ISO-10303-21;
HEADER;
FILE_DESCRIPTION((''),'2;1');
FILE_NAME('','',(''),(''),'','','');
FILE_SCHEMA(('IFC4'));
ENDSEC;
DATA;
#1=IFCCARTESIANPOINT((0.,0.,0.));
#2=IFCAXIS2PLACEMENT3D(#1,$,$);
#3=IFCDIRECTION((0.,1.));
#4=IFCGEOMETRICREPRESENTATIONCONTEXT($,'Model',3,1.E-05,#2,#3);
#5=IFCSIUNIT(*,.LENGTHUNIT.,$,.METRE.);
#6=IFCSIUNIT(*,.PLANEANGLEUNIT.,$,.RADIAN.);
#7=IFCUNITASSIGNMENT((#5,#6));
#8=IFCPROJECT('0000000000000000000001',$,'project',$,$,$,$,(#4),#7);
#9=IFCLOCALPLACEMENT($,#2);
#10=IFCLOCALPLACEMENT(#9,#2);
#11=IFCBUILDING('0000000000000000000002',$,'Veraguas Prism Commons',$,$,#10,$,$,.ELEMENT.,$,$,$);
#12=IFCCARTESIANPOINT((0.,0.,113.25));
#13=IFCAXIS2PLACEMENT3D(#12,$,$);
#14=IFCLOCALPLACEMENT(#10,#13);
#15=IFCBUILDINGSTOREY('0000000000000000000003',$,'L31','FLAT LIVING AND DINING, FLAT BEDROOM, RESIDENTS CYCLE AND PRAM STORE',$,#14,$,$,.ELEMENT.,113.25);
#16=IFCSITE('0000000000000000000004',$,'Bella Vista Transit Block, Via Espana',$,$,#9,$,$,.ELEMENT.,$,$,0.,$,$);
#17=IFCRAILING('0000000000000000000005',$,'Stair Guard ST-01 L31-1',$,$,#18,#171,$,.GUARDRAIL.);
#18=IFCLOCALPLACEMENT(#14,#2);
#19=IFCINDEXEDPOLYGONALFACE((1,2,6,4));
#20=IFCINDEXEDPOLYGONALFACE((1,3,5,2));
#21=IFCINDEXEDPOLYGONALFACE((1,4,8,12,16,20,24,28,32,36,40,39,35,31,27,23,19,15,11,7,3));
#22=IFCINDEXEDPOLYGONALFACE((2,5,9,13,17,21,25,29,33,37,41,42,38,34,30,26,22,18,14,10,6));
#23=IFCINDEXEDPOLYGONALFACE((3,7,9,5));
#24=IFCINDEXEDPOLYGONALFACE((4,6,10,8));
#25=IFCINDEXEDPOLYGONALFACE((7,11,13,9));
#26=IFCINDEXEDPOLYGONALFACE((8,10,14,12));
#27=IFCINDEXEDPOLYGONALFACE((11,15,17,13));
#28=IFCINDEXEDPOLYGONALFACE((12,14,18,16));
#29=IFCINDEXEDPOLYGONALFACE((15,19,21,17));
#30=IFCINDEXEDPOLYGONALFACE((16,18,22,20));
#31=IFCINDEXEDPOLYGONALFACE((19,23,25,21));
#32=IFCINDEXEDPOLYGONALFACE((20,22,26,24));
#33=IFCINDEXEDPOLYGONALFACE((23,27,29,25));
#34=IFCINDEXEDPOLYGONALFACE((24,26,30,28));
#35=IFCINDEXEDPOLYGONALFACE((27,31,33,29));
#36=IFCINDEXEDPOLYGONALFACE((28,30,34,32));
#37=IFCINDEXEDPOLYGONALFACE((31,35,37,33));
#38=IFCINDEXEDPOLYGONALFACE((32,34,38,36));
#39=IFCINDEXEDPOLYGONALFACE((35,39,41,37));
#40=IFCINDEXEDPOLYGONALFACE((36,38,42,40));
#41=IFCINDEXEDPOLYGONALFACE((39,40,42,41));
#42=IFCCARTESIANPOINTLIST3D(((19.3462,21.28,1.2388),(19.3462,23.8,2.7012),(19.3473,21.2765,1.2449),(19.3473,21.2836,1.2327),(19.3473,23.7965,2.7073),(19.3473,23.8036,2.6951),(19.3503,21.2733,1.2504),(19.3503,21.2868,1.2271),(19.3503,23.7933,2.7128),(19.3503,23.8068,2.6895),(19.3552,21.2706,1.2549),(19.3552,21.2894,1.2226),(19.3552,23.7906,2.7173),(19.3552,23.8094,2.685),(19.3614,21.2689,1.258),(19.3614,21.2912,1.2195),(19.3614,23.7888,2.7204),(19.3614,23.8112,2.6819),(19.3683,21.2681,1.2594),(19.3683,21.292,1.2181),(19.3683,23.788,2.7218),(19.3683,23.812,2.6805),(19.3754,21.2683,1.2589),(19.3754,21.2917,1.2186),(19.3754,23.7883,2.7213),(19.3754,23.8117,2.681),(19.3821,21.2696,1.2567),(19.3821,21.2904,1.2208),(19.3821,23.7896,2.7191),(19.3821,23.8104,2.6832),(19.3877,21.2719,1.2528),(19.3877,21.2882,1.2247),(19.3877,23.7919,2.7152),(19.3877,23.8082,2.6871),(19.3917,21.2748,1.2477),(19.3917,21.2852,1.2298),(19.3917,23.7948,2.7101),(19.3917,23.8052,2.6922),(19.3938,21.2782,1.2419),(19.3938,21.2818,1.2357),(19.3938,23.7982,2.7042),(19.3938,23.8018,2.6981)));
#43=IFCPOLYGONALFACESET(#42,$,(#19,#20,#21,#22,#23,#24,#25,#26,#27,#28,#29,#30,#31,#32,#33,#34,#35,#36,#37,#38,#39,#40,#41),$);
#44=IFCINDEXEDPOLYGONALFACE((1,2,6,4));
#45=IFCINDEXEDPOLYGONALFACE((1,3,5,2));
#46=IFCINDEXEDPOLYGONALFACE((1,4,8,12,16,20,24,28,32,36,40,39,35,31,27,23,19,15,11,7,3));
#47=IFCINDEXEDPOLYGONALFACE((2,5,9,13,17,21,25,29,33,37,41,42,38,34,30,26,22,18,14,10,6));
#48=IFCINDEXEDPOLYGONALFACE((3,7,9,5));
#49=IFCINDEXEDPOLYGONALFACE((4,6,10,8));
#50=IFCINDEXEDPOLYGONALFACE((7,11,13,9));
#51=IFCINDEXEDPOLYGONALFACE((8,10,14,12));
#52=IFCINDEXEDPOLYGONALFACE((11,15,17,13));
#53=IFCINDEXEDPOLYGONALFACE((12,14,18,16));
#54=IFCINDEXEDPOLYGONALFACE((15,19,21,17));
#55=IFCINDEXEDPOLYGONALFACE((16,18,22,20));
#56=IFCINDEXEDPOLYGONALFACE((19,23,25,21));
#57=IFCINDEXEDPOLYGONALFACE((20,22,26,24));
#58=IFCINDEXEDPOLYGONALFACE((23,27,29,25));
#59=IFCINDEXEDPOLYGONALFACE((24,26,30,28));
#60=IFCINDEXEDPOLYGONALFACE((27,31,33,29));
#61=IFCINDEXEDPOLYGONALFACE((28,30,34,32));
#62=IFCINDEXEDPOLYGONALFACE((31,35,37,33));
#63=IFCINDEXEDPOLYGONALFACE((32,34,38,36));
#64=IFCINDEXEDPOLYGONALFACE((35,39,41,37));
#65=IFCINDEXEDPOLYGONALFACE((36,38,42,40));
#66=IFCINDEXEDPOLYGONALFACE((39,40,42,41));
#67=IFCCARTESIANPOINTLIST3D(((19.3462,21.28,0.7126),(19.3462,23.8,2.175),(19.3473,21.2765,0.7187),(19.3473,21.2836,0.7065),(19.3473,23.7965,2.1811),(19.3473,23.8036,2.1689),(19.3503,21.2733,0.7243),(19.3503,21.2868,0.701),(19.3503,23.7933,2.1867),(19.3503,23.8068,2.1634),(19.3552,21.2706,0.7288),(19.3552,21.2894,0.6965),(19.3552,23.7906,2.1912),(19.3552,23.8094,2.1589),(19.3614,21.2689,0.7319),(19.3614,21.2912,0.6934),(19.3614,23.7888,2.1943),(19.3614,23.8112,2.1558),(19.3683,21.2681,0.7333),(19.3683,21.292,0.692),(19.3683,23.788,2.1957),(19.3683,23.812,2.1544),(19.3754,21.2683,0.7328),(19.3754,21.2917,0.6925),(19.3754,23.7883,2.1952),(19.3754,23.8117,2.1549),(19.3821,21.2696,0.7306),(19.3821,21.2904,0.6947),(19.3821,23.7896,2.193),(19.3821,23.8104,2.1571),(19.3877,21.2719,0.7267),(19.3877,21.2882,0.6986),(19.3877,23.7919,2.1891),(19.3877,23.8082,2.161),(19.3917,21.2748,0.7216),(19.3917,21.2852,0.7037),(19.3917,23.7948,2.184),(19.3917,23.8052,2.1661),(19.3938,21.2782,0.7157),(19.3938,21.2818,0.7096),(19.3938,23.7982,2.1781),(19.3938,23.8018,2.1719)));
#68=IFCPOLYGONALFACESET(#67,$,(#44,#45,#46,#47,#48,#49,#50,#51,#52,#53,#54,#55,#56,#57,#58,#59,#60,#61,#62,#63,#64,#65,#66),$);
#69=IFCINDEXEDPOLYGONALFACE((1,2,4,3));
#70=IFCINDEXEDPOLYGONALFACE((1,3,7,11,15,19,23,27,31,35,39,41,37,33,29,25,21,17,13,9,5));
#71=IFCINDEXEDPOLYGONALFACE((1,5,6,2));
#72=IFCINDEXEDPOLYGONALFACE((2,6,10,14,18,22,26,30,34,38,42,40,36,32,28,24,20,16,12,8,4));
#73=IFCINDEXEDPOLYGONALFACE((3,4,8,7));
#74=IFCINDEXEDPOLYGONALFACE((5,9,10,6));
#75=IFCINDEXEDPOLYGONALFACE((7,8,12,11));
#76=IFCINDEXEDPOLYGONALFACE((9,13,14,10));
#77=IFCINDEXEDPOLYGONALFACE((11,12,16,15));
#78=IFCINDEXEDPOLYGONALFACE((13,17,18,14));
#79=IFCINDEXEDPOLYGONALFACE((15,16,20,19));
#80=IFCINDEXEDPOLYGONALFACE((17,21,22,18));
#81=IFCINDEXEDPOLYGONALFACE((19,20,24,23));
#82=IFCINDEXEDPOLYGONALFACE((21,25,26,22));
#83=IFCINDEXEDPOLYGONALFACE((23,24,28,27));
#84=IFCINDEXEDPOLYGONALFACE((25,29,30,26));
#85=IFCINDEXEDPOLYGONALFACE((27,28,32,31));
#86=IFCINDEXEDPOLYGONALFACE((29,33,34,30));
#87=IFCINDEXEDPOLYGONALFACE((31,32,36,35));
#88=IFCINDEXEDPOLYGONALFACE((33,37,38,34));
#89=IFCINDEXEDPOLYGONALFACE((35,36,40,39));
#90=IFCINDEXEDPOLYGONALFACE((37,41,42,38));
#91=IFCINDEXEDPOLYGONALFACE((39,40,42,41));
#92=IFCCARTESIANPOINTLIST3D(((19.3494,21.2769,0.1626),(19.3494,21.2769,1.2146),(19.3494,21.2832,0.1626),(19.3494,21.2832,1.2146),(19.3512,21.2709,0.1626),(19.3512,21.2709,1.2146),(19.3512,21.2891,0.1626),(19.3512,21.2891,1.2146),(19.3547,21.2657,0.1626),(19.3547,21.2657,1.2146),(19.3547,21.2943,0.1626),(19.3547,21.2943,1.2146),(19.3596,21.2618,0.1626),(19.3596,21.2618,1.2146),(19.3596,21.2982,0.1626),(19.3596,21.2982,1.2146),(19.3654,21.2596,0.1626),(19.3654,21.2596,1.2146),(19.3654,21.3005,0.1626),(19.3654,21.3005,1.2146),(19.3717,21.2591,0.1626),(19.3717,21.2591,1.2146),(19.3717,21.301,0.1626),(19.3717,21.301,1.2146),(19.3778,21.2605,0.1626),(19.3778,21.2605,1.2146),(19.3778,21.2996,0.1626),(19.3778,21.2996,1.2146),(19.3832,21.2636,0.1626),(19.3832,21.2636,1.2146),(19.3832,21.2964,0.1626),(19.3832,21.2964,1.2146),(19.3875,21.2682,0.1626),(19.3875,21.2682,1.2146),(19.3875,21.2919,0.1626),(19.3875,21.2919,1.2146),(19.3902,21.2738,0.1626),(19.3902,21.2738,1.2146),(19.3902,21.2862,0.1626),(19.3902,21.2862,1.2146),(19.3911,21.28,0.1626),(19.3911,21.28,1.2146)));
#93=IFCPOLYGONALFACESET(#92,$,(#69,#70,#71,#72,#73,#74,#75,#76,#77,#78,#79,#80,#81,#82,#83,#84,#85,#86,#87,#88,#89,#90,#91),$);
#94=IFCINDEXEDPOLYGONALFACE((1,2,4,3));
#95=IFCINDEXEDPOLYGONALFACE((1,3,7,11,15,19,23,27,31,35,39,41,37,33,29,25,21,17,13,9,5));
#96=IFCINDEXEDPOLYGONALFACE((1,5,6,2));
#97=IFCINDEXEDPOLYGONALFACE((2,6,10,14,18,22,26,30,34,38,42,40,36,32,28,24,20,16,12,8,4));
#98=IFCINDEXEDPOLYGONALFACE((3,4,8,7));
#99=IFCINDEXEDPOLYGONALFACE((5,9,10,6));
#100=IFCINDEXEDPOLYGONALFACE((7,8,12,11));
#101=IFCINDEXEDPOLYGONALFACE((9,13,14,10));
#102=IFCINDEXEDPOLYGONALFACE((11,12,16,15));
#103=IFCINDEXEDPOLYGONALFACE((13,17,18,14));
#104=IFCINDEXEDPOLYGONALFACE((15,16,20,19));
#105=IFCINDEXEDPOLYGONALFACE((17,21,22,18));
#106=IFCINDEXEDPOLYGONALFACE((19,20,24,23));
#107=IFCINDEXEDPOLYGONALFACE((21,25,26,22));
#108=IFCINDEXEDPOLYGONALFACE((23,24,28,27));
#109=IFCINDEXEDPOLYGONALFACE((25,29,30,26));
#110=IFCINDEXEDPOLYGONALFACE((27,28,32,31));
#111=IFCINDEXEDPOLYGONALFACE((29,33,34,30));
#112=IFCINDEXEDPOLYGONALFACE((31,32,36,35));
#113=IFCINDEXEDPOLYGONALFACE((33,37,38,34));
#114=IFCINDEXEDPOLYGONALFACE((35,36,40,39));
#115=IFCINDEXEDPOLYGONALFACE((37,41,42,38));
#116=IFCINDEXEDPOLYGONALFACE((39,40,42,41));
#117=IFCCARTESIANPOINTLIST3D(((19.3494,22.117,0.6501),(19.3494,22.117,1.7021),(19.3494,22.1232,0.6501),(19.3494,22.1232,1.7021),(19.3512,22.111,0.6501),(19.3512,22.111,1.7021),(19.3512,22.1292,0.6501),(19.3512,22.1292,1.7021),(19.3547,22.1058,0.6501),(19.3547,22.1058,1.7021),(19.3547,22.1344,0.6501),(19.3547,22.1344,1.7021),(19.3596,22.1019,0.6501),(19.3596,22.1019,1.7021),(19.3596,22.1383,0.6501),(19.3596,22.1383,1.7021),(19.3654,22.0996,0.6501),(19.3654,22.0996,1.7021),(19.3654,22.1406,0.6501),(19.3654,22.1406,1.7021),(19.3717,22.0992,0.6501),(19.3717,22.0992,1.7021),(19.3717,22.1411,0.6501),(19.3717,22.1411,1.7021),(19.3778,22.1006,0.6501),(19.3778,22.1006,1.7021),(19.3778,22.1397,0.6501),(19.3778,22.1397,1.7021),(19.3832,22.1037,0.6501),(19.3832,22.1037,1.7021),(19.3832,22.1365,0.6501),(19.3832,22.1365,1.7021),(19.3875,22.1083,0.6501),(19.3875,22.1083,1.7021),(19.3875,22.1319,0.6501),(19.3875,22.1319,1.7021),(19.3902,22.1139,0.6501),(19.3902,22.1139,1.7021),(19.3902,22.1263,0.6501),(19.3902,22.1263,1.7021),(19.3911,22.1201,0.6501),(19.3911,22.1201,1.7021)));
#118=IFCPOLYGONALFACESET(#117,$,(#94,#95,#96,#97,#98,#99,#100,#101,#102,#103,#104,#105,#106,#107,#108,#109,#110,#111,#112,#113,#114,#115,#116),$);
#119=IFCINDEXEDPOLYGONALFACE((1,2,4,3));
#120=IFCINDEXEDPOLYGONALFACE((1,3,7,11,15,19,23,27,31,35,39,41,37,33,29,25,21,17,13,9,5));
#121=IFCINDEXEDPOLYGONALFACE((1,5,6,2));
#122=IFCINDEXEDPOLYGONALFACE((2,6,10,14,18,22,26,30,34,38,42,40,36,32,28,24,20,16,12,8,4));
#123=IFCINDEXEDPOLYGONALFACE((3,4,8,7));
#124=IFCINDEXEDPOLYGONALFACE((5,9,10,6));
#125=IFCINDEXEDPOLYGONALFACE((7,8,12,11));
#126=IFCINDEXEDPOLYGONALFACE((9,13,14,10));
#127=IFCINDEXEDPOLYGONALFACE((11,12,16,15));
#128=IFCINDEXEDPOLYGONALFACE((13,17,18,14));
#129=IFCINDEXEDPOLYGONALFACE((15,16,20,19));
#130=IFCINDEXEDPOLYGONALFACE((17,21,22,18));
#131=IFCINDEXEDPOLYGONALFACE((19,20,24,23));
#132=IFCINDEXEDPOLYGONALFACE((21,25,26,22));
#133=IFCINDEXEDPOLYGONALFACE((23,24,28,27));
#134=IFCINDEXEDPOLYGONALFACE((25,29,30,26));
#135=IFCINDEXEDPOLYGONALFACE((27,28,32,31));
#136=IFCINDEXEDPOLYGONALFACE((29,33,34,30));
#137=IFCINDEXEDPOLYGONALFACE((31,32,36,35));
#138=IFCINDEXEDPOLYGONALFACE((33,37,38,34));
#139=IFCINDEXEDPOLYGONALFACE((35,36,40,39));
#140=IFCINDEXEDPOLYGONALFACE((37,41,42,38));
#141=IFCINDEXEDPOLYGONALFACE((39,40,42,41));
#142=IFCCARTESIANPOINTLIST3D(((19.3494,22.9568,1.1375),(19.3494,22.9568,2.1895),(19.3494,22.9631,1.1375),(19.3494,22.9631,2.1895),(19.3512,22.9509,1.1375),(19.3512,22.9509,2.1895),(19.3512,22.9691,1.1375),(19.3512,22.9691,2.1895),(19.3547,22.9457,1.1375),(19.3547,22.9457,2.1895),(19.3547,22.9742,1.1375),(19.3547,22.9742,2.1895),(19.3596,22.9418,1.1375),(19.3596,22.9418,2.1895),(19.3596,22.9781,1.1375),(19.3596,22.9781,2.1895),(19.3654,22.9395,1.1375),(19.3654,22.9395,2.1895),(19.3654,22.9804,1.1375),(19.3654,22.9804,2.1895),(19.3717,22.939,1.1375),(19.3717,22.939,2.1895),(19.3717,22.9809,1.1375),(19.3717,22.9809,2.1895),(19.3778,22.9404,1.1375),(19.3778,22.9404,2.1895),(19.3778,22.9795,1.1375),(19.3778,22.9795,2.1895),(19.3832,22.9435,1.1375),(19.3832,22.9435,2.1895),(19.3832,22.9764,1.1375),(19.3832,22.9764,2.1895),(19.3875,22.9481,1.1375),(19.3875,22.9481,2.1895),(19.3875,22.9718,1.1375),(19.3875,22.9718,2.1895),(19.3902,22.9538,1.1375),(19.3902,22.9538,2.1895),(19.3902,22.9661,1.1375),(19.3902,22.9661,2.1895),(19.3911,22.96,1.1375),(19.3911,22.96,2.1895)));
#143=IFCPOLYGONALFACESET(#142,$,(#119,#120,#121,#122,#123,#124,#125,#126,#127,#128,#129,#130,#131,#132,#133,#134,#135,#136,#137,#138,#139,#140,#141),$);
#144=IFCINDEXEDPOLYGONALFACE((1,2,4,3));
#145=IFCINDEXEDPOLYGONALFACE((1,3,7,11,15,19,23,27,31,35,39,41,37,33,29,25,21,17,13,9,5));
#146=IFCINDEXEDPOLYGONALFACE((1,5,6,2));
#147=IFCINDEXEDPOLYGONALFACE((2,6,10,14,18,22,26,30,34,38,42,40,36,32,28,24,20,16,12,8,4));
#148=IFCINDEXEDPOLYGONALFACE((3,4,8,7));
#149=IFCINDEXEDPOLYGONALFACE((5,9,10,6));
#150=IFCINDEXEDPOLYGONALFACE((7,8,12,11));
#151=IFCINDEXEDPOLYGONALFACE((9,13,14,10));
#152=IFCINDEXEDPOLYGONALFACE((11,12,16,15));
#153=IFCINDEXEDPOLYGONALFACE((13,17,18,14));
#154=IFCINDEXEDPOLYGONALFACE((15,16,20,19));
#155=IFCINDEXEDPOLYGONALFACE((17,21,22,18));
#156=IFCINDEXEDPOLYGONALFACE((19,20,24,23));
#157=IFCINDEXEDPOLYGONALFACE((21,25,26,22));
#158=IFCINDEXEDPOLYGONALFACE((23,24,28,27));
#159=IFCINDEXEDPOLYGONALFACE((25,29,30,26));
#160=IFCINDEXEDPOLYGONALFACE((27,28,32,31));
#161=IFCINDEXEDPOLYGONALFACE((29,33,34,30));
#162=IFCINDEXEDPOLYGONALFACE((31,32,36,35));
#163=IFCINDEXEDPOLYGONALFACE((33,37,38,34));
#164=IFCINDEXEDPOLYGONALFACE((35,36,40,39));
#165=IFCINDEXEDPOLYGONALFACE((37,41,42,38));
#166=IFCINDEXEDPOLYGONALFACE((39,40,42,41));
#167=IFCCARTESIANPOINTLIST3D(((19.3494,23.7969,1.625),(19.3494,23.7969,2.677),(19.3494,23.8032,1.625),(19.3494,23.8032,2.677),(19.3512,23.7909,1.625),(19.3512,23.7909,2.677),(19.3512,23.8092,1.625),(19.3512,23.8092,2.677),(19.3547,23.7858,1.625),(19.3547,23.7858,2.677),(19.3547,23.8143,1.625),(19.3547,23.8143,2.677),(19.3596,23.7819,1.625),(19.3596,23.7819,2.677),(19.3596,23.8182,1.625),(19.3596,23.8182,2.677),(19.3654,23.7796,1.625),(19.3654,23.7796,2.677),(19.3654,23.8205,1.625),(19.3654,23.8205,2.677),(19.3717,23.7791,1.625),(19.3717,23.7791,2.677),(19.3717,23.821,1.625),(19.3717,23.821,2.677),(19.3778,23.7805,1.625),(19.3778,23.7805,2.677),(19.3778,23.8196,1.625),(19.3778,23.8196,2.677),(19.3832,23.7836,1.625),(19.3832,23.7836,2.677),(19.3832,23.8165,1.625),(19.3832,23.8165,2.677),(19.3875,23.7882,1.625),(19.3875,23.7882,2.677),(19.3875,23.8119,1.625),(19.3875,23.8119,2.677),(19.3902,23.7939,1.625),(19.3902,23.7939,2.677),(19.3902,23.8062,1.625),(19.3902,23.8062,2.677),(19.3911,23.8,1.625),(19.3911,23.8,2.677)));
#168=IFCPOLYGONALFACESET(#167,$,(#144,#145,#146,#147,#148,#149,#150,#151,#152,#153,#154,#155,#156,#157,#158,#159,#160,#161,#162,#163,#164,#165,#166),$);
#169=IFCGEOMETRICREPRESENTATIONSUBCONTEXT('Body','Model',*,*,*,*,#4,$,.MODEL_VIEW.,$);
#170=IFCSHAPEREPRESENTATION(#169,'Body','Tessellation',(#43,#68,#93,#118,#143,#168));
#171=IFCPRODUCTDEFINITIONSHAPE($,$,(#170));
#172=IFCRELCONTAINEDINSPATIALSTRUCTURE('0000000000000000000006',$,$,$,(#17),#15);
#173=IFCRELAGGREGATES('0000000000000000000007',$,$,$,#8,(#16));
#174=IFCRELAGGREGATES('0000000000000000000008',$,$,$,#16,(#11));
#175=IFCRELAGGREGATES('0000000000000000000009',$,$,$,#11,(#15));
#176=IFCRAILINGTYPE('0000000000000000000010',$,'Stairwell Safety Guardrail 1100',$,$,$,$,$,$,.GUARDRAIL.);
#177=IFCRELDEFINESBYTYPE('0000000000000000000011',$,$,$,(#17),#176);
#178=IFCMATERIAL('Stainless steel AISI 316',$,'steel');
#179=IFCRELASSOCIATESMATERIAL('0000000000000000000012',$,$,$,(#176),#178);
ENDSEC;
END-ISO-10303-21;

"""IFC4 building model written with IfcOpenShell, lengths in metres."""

from ifc_helpers import new_model, si_unit, direction, frame, origin, origin_2d, place, context, subcontext, project, spatial, circle, extrude, material, type_object, element, save


model = new_model("IFC4")

# Units and contexts
model_context = context("Model", 3, precision=1e-05, world=origin(), true_north=direction((0.0, 1.0)))
body_context = subcontext(model_context, "Body", "Model", "MODEL_VIEW")
ifc_project = project(units=[si_unit("LENGTHUNIT", "METRE"), si_unit("PLANEANGLEUNIT", "RADIAN")], contexts=[model_context])

# Site, building, storey
site_placement = place(None, origin())
site = spatial("IfcSite", under=ifc_project, at=site_placement, Name="Bella Vista Transit Block, Via Espana", CompositionType="ELEMENT", RefElevation=0.0)
building_placement = place(site_placement, origin())
building = spatial("IfcBuilding", under=site, at=building_placement, Name="Veraguas Prism Commons", CompositionType="ELEMENT")
storey_placement = place(building_placement, frame((0.0, 0.0, 113.25)))
storey = spatial("IfcBuildingStorey", under=building, at=storey_placement, Name="L31", Description="FLAT LIVING AND DINING, FLAT BEDROOM, RESIDENTS CYCLE AND PRAM STORE", CompositionType="ELEMENT", Elevation=113.25)

# Railing
ifc_material_1 = material(Name="Stainless steel AISI 316", Category="steel")
railing_type = type_object("IfcRailingType", Name="Stairwell Safety Guardrail 1100", PredefinedType="GUARDRAIL", material=ifc_material_1)
railing_1_placement = place(storey_placement, frame((19.3701, 21.28, 0.1626)))
element("IfcRailing", 1, at=railing_1_placement, inside=storey, type_object=railing_type, Name="Stair Guard ST-01 L31-1", PredefinedType="GUARDRAIL", context=body_context, shape_type="SweptSolid", body=[
    extrude(circle(Radius=0.0239, at=origin_2d()), frame((0.0, 0.0, 1.0762), z_axis=(0.0, 0.864913, 0.501921), x_axis=(-1.0, 0.0, 0.0)), (0.0, 0.0, 1.0), 2.9136),
    extrude(circle(Radius=0.0239, at=origin_2d()), frame((0.0, 0.0, 0.55), z_axis=(0.0, 0.864913, 0.501921), x_axis=(-1.0, 0.0, 0.0)), (0.0, 0.0, 1.0), 2.9136),
    extrude(circle(Radius=0.021, at=origin_2d()), origin(), (0.0, 0.0, 1.0), 1.052),
    extrude(circle(Radius=0.021, at=origin_2d()), frame((0.0, 0.8401, 0.4875)), (0.0, 0.0, 1.0), 1.052),
    extrude(circle(Radius=0.021, at=origin_2d()), frame((0.0, 1.6799, 0.9749)), (0.0, 0.0, 1.0), 1.052),
    extrude(circle(Radius=0.021, at=origin_2d()), frame((0.0, 2.52, 1.4624)), (0.0, 0.0, 1.0), 1.052),
])

save(model, "model.ifc")
